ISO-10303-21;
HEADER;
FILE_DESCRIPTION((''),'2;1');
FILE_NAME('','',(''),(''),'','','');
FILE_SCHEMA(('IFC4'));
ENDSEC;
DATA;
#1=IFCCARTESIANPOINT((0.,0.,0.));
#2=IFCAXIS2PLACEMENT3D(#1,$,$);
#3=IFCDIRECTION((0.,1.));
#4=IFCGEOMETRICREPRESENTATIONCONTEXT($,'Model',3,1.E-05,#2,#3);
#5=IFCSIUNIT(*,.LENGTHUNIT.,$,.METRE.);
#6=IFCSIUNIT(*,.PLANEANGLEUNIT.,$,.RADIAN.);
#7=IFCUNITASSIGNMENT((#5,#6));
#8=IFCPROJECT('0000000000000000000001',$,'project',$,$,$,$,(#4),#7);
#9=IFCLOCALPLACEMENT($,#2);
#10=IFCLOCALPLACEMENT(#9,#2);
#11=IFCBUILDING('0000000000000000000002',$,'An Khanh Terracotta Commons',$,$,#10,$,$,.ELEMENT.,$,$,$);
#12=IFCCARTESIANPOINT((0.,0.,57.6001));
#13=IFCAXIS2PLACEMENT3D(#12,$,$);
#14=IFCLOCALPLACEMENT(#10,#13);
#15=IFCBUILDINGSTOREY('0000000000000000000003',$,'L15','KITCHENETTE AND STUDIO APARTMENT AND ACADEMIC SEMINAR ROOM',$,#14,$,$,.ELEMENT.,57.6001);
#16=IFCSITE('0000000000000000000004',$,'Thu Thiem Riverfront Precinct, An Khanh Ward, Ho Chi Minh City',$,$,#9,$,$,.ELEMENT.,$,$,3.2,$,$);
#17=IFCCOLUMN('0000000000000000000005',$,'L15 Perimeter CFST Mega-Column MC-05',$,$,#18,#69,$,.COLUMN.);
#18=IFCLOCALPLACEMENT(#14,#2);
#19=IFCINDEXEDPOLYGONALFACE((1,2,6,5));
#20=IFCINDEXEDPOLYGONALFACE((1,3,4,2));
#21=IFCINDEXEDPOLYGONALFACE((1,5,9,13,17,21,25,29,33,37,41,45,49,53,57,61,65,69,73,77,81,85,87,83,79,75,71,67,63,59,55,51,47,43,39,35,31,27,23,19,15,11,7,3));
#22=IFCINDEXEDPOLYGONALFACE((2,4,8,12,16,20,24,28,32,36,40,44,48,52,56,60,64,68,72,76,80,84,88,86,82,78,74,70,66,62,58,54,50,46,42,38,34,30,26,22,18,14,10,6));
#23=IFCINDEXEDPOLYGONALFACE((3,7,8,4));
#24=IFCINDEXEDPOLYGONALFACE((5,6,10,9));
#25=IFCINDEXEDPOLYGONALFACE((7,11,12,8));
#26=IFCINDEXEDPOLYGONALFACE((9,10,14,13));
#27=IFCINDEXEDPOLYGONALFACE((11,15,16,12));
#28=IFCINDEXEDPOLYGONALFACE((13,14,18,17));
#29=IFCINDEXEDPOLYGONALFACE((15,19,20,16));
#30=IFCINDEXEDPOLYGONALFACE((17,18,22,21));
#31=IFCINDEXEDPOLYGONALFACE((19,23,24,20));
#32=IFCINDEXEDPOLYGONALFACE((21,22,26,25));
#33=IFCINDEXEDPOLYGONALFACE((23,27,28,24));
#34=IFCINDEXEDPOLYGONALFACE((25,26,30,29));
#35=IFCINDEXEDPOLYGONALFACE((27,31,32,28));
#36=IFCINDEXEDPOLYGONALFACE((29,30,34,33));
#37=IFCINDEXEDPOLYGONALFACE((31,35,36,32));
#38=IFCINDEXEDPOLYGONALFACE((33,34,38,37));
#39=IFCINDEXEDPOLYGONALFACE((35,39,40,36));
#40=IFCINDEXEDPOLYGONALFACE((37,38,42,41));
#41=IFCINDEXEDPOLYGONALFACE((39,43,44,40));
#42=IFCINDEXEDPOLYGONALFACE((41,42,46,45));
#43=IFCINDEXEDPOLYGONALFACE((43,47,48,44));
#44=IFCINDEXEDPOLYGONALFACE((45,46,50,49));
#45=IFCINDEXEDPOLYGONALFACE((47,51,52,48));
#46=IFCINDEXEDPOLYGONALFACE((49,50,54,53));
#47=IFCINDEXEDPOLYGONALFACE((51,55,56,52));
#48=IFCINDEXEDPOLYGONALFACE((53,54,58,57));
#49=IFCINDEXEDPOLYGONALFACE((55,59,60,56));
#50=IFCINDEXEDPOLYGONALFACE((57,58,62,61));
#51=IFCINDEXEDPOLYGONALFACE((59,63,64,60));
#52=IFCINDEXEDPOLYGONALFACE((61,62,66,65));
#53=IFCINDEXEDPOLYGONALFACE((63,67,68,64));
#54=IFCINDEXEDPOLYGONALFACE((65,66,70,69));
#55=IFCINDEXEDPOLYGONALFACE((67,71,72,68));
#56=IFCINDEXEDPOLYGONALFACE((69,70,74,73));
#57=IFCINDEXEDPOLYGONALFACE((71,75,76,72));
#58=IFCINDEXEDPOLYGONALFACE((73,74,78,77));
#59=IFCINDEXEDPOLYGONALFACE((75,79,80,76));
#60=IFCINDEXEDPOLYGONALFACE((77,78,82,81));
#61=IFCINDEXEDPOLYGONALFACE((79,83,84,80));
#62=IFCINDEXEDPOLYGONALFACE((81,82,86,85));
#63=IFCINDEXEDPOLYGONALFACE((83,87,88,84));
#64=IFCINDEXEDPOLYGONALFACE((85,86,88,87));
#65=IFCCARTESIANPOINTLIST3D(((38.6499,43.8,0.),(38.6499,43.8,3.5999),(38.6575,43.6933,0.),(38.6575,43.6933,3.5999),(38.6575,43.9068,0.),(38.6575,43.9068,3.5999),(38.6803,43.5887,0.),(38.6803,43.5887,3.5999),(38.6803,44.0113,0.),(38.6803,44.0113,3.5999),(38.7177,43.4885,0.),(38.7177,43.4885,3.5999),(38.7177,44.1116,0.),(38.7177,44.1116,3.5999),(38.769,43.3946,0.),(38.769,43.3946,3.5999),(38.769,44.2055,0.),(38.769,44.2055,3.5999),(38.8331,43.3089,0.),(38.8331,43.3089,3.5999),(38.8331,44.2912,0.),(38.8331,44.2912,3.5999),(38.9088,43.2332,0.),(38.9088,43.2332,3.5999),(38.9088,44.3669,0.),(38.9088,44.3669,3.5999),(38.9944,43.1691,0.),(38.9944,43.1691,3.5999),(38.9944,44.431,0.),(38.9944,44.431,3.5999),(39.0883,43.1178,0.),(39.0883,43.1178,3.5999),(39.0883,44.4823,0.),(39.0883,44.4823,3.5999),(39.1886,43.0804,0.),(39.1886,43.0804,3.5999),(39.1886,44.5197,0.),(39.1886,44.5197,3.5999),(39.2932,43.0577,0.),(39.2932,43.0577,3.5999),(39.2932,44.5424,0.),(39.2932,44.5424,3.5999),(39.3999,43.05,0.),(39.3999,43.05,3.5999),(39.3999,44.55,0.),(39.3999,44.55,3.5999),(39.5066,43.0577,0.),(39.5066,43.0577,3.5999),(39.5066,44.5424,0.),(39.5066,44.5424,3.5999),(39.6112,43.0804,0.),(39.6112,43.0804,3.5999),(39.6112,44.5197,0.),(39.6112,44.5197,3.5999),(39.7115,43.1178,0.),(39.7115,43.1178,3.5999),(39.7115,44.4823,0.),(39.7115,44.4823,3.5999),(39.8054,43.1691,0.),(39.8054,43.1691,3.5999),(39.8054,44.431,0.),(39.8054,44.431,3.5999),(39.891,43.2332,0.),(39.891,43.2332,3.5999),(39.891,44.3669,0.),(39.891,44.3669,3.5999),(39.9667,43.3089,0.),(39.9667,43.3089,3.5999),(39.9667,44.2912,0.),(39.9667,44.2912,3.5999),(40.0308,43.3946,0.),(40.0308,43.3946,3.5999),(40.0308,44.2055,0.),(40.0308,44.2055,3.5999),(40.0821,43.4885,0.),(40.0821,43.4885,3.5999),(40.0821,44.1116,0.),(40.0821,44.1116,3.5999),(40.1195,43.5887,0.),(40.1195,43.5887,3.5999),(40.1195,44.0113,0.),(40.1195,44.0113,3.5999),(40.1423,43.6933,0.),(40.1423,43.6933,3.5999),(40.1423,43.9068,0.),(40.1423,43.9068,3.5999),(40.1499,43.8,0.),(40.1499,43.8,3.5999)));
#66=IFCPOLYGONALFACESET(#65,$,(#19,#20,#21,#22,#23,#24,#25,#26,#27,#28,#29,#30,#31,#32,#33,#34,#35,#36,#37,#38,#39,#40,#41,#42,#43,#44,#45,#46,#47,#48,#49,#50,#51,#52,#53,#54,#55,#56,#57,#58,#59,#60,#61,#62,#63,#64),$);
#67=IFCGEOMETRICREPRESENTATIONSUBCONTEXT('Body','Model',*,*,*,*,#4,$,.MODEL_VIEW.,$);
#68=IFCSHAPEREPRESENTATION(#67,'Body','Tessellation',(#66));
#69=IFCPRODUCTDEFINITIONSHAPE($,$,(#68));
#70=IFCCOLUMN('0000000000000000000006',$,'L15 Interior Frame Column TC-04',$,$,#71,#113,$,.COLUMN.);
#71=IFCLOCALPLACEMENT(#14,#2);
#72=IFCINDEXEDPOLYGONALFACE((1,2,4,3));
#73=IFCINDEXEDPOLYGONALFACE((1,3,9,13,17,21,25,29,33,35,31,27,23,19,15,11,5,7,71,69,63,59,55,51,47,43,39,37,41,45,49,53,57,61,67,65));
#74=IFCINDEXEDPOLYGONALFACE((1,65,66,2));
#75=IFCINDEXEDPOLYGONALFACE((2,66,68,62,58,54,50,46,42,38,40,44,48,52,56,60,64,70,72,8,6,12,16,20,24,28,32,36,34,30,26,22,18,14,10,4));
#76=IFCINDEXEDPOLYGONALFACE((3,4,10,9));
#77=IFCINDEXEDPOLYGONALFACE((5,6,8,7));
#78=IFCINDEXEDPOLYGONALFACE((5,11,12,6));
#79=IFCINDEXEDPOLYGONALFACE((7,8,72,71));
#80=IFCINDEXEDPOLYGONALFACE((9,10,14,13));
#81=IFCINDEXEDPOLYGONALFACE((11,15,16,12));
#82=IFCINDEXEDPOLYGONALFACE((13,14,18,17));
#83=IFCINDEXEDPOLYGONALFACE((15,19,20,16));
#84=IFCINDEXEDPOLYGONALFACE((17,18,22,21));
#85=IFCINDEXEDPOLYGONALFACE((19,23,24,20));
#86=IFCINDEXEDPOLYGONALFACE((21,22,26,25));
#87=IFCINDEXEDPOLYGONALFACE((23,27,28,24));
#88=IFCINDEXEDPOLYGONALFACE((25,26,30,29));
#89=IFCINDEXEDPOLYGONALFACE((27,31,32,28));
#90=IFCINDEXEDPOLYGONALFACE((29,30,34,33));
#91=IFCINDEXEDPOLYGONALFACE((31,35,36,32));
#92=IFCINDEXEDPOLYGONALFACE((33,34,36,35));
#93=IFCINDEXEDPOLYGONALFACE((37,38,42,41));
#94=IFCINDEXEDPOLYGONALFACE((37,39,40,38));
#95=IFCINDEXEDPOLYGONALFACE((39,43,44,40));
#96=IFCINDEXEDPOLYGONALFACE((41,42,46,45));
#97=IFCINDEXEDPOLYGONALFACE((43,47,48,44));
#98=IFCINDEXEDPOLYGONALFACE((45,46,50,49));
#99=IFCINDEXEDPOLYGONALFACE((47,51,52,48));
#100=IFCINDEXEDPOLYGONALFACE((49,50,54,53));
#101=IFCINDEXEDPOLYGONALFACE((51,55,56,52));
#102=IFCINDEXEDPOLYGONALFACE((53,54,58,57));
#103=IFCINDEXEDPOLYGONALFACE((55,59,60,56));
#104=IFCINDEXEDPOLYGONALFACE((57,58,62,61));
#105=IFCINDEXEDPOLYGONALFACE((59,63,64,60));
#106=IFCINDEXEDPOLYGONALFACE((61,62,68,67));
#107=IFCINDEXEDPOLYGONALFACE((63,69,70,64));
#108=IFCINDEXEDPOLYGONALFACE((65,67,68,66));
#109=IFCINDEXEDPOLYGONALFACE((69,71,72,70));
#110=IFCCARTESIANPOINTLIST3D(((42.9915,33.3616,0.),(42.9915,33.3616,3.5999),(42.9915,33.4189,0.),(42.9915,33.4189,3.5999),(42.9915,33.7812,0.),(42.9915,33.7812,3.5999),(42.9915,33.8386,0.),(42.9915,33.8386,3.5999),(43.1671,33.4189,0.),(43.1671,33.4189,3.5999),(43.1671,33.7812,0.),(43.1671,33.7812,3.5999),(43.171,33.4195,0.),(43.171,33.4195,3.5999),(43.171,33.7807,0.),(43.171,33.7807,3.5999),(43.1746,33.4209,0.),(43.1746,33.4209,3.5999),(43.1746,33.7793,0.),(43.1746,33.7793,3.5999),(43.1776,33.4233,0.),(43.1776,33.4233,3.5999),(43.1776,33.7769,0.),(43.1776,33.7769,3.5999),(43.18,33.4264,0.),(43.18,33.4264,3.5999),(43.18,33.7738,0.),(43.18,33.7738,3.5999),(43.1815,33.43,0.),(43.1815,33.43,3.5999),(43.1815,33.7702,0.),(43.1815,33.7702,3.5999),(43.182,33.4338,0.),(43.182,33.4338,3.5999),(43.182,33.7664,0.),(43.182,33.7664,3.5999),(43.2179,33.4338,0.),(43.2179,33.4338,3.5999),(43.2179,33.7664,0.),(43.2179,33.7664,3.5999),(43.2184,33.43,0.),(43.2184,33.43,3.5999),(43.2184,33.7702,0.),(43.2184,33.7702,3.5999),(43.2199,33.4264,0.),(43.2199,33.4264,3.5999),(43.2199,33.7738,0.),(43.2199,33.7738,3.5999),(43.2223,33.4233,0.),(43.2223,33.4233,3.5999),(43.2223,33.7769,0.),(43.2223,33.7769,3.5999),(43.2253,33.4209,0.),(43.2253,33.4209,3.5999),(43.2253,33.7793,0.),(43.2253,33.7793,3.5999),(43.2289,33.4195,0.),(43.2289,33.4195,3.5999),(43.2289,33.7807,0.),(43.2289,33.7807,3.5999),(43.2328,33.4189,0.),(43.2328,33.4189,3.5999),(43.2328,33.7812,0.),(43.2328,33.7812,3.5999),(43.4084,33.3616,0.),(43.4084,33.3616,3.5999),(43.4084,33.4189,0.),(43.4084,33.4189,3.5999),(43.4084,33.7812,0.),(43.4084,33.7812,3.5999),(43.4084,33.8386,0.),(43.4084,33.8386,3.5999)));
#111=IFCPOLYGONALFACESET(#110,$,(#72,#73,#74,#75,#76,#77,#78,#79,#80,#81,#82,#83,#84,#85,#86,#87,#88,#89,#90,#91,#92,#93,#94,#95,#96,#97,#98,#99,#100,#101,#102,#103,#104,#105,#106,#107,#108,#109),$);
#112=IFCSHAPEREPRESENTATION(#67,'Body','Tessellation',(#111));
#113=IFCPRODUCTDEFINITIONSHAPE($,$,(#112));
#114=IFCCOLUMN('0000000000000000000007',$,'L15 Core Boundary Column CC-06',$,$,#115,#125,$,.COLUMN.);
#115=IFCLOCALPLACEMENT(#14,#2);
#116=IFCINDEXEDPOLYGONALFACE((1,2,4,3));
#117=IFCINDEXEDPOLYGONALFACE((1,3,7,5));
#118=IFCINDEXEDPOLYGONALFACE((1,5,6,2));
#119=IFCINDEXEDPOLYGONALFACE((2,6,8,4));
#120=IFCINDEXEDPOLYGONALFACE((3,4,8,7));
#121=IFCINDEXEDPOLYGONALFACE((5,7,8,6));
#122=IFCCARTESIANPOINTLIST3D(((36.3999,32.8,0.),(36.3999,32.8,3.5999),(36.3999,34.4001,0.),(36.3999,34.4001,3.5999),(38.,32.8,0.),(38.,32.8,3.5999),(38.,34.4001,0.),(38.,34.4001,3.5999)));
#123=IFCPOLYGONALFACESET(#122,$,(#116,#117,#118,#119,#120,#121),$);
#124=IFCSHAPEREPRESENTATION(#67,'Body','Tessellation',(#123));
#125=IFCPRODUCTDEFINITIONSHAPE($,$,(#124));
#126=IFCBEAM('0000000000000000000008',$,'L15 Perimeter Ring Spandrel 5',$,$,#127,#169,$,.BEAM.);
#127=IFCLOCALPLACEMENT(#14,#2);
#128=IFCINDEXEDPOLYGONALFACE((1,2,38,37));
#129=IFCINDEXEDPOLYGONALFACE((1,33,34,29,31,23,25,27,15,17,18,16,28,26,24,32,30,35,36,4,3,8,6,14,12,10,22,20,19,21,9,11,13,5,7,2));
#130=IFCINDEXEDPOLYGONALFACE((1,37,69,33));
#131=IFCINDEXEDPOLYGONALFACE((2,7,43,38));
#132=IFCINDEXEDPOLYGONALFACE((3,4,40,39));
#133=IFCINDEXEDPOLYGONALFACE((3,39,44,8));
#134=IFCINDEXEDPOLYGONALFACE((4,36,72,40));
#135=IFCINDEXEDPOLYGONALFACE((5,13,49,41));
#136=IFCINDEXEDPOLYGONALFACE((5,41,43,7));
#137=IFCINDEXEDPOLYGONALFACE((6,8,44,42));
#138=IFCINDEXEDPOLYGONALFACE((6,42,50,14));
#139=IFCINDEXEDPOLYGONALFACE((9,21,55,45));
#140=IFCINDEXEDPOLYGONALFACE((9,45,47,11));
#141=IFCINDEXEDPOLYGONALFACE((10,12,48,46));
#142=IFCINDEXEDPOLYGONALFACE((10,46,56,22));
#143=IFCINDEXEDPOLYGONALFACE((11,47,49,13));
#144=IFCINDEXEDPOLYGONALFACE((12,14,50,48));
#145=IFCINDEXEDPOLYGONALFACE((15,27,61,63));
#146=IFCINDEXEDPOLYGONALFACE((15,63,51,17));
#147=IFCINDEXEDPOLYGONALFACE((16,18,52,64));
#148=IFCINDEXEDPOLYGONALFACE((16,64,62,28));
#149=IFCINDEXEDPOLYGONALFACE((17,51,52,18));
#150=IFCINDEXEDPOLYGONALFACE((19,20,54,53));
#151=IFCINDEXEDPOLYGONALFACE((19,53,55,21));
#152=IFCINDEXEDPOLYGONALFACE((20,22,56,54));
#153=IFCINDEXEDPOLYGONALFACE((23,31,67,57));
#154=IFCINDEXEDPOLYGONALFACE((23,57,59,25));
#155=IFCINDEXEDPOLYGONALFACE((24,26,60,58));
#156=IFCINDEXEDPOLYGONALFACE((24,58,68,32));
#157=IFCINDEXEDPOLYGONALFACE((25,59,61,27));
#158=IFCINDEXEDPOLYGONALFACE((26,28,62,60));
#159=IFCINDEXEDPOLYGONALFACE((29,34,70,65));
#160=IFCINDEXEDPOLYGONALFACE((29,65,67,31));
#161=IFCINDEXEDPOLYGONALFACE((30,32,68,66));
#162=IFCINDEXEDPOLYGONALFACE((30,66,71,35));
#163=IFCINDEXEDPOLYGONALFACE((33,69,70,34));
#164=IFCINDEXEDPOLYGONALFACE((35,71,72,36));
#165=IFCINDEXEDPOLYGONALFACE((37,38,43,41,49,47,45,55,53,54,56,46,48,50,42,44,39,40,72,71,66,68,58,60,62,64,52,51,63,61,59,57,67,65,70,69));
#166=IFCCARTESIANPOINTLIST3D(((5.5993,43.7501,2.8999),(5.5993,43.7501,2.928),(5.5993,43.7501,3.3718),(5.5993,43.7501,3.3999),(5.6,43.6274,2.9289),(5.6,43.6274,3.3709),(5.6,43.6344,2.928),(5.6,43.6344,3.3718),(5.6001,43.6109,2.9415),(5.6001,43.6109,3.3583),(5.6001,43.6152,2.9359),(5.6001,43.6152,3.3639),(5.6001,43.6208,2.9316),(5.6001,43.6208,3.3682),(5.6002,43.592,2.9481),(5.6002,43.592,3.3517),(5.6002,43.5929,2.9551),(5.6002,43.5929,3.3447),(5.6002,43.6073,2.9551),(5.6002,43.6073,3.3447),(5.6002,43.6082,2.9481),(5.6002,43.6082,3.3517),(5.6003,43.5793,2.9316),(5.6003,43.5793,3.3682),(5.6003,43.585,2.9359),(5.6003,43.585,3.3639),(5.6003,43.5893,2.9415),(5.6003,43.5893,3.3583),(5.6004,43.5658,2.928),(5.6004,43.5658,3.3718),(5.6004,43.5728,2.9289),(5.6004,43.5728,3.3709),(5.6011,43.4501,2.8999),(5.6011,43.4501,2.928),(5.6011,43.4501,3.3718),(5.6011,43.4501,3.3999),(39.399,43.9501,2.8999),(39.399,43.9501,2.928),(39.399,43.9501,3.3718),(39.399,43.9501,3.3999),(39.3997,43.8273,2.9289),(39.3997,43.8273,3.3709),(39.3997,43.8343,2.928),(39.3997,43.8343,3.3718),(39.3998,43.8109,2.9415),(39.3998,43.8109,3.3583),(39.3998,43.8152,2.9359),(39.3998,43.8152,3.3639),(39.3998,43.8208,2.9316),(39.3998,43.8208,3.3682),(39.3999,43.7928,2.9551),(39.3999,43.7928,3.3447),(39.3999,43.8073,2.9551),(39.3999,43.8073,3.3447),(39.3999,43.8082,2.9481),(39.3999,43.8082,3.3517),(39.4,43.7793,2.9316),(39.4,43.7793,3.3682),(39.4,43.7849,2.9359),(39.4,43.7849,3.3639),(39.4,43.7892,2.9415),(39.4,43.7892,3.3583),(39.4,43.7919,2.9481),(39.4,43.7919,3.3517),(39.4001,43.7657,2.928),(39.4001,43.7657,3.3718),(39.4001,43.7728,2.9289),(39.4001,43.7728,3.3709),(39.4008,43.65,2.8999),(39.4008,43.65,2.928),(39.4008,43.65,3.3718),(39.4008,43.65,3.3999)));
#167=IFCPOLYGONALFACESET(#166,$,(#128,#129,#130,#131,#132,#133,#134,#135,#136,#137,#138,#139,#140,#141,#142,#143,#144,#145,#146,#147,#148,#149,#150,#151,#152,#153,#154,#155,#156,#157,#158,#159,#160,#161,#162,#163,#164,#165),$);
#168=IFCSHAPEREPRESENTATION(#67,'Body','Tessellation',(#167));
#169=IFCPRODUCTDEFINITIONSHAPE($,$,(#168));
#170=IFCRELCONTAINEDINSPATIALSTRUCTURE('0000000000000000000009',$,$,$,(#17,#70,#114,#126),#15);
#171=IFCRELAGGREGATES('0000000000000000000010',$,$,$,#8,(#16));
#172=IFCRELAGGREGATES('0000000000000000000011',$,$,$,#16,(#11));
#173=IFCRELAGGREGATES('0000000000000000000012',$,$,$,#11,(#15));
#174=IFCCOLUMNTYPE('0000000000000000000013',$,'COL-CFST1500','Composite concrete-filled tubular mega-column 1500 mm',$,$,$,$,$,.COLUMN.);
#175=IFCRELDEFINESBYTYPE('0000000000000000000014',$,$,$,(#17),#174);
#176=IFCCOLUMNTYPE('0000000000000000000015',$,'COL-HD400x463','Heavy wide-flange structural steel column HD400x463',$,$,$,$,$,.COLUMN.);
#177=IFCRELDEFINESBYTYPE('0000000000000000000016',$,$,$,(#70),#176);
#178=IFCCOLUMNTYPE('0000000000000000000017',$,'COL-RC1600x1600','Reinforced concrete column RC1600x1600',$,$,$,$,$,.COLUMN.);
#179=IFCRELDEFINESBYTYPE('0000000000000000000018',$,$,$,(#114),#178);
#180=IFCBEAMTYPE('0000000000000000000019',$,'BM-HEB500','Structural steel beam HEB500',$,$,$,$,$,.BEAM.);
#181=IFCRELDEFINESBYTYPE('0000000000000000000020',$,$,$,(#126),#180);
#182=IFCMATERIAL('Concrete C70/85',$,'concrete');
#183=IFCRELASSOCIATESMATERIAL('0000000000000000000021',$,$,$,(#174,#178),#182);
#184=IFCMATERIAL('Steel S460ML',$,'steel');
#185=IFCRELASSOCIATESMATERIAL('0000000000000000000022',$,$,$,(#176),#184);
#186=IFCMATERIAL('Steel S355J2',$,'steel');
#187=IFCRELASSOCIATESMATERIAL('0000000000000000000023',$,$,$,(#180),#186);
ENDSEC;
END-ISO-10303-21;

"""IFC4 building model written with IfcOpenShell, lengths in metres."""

from ifc_helpers import new_model, si_unit, direction, frame, origin, origin_2d, place, context, subcontext, project, spatial, rectangle, circle, i_section, extrude, material, material_profile, profile_set, type_object, element, save


model = new_model("IFC4")

# Units and contexts
model_context = context("Model", 3, precision=1e-05, world=origin(), true_north=direction((0.0, 1.0)))
body_context = subcontext(model_context, "Body", "Model", "MODEL_VIEW")
ifc_project = project(units=[si_unit("LENGTHUNIT", "METRE"), si_unit("PLANEANGLEUNIT", "RADIAN")], contexts=[model_context])

# Site, building, storey
site_placement = place(None, origin())
site = spatial("IfcSite", under=ifc_project, at=site_placement, Name="Thu Thiem Riverfront Precinct, An Khanh Ward, Ho Chi Minh City", CompositionType="ELEMENT", RefElevation=3.2)
building_placement = place(site_placement, origin())
building = spatial("IfcBuilding", under=site, at=building_placement, Name="An Khanh Terracotta Commons", CompositionType="ELEMENT")
storey_placement = place(building_placement, frame((0.0, 0.0, 57.6001)))
storey = spatial("IfcBuildingStorey", under=building, at=storey_placement, Name="L15", Description="KITCHENETTE AND STUDIO APARTMENT AND ACADEMIC SEMINAR ROOM", CompositionType="ELEMENT", Elevation=57.6001)

# Columns
ifc_material_1 = material(Name="Concrete C70/85", Category="concrete")
ifc_material_profile_1 = material_profile(ifc_material_1, circle(Radius=0.75, at=origin_2d()), Name="CFST1500")
ifc_profile_set_1 = profile_set([ifc_material_profile_1], Name="Concrete C70/85")
column_type_1 = type_object("IfcColumnType", Name="COL-CFST1500", Description="Composite concrete-filled tubular mega-column 1500 mm", PredefinedType="COLUMN", material=ifc_profile_set_1)
column_1_placement = place(storey_placement, frame((39.3999, 43.8, 0.0), z_axis=(0.0, 0.0, 1.0), x_axis=(1.0, 0.0, 0.0)))
element("IfcColumn", 1, at=column_1_placement, inside=storey, type_object=column_type_1, Name="L15 Perimeter CFST Mega-Column MC-05", PredefinedType="COLUMN", context=body_context, shape_type="SweptSolid", body=[
    extrude(circle(Radius=0.75, at=origin_2d()), origin(), (0.0, 0.0, 1.0), 3.5999),
])
ifc_material_2 = material(Name="Steel S460ML", Category="steel")
ifc_material_profile_2 = material_profile(ifc_material_2, i_section(OverallWidth=0.417, OverallDepth=0.4771, WebThickness=0.0359, FlangeThickness=0.0574, FilletRadius=0.0149, at=origin_2d()), Name="HD400x463")
ifc_profile_set_2 = profile_set([ifc_material_profile_2], Name="Steel S460ML")
column_type_2 = type_object("IfcColumnType", Name="COL-HD400x463", Description="Heavy wide-flange structural steel column HD400x463", PredefinedType="COLUMN", material=ifc_profile_set_2)
column_2_placement = place(storey_placement, frame((43.2, 33.6001, 0.0), z_axis=(0.0, 0.0, 1.0), x_axis=(1.0, 0.0, 0.0)))
element("IfcColumn", 2, at=column_2_placement, inside=storey, type_object=column_type_2, Name="L15 Interior Frame Column TC-04", PredefinedType="COLUMN", context=body_context, shape_type="SweptSolid", body=[
    extrude(i_section(OverallWidth=0.417, OverallDepth=0.4771, WebThickness=0.0359, FlangeThickness=0.0574, FilletRadius=0.0149, at=origin_2d()), origin(), (0.0, 0.0, 1.0), 3.5999),
])
ifc_material_profile_3 = material_profile(ifc_material_1, rectangle(XDim=1.6001, YDim=1.6001, at=origin_2d()), Name="RC1600x1600")
ifc_profile_set_3 = profile_set([ifc_material_profile_3], Name="Concrete C70/85")
column_type_3 = type_object("IfcColumnType", Name="COL-RC1600x1600", Description="Reinforced concrete column RC1600x1600", PredefinedType="COLUMN", material=ifc_profile_set_3)
column_3_placement = place(storey_placement, frame((37.2, 33.6001, 0.0), z_axis=(0.0, 0.0, 1.0), x_axis=(1.0, 0.0, 0.0)))
element("IfcColumn", 3, at=column_3_placement, inside=storey, type_object=column_type_3, Name="L15 Core Boundary Column CC-06", PredefinedType="COLUMN", context=body_context, shape_type="SweptSolid", body=[
    extrude(rectangle(XDim=1.6001, YDim=1.6001, at=origin_2d()), origin(), (0.0, 0.0, 1.0), 3.5999),
])

# Beam
ifc_material_3 = material(Name="Steel S355J2", Category="steel")
ifc_material_profile_4 = material_profile(ifc_material_3, i_section(OverallWidth=0.3, OverallDepth=0.5, WebThickness=0.0144, FlangeThickness=0.0281, FilletRadius=0.0271, at=origin_2d()), Name="HEB500")
ifc_profile_set_4 = profile_set([ifc_material_profile_4], Name="Steel S355J2")
beam_type_1 = type_object("IfcBeamType", Name="BM-HEB500", Description="Structural steel beam HEB500", PredefinedType="BEAM", material=ifc_profile_set_4)
beam_1_placement = place(storey_placement, frame((39.3999, 43.8, 3.1499), z_axis=(-0.999983, -0.005916, 0.0), x_axis=(0.005916, -0.999983, 0.0)))
element("IfcBeam", 4, at=beam_1_placement, inside=storey, type_object=beam_type_1, Name="L15 Perimeter Ring Spandrel 5", PredefinedType="BEAM", context=body_context, shape_type="SweptSolid", body=[
    extrude(i_section(OverallWidth=0.3, OverallDepth=0.5, WebThickness=0.0144, FlangeThickness=0.0281, FilletRadius=0.0271, at=origin_2d()), origin(), (0.0, 0.0, 1.0), 33.8003),
])

save(model, "model.ifc")
